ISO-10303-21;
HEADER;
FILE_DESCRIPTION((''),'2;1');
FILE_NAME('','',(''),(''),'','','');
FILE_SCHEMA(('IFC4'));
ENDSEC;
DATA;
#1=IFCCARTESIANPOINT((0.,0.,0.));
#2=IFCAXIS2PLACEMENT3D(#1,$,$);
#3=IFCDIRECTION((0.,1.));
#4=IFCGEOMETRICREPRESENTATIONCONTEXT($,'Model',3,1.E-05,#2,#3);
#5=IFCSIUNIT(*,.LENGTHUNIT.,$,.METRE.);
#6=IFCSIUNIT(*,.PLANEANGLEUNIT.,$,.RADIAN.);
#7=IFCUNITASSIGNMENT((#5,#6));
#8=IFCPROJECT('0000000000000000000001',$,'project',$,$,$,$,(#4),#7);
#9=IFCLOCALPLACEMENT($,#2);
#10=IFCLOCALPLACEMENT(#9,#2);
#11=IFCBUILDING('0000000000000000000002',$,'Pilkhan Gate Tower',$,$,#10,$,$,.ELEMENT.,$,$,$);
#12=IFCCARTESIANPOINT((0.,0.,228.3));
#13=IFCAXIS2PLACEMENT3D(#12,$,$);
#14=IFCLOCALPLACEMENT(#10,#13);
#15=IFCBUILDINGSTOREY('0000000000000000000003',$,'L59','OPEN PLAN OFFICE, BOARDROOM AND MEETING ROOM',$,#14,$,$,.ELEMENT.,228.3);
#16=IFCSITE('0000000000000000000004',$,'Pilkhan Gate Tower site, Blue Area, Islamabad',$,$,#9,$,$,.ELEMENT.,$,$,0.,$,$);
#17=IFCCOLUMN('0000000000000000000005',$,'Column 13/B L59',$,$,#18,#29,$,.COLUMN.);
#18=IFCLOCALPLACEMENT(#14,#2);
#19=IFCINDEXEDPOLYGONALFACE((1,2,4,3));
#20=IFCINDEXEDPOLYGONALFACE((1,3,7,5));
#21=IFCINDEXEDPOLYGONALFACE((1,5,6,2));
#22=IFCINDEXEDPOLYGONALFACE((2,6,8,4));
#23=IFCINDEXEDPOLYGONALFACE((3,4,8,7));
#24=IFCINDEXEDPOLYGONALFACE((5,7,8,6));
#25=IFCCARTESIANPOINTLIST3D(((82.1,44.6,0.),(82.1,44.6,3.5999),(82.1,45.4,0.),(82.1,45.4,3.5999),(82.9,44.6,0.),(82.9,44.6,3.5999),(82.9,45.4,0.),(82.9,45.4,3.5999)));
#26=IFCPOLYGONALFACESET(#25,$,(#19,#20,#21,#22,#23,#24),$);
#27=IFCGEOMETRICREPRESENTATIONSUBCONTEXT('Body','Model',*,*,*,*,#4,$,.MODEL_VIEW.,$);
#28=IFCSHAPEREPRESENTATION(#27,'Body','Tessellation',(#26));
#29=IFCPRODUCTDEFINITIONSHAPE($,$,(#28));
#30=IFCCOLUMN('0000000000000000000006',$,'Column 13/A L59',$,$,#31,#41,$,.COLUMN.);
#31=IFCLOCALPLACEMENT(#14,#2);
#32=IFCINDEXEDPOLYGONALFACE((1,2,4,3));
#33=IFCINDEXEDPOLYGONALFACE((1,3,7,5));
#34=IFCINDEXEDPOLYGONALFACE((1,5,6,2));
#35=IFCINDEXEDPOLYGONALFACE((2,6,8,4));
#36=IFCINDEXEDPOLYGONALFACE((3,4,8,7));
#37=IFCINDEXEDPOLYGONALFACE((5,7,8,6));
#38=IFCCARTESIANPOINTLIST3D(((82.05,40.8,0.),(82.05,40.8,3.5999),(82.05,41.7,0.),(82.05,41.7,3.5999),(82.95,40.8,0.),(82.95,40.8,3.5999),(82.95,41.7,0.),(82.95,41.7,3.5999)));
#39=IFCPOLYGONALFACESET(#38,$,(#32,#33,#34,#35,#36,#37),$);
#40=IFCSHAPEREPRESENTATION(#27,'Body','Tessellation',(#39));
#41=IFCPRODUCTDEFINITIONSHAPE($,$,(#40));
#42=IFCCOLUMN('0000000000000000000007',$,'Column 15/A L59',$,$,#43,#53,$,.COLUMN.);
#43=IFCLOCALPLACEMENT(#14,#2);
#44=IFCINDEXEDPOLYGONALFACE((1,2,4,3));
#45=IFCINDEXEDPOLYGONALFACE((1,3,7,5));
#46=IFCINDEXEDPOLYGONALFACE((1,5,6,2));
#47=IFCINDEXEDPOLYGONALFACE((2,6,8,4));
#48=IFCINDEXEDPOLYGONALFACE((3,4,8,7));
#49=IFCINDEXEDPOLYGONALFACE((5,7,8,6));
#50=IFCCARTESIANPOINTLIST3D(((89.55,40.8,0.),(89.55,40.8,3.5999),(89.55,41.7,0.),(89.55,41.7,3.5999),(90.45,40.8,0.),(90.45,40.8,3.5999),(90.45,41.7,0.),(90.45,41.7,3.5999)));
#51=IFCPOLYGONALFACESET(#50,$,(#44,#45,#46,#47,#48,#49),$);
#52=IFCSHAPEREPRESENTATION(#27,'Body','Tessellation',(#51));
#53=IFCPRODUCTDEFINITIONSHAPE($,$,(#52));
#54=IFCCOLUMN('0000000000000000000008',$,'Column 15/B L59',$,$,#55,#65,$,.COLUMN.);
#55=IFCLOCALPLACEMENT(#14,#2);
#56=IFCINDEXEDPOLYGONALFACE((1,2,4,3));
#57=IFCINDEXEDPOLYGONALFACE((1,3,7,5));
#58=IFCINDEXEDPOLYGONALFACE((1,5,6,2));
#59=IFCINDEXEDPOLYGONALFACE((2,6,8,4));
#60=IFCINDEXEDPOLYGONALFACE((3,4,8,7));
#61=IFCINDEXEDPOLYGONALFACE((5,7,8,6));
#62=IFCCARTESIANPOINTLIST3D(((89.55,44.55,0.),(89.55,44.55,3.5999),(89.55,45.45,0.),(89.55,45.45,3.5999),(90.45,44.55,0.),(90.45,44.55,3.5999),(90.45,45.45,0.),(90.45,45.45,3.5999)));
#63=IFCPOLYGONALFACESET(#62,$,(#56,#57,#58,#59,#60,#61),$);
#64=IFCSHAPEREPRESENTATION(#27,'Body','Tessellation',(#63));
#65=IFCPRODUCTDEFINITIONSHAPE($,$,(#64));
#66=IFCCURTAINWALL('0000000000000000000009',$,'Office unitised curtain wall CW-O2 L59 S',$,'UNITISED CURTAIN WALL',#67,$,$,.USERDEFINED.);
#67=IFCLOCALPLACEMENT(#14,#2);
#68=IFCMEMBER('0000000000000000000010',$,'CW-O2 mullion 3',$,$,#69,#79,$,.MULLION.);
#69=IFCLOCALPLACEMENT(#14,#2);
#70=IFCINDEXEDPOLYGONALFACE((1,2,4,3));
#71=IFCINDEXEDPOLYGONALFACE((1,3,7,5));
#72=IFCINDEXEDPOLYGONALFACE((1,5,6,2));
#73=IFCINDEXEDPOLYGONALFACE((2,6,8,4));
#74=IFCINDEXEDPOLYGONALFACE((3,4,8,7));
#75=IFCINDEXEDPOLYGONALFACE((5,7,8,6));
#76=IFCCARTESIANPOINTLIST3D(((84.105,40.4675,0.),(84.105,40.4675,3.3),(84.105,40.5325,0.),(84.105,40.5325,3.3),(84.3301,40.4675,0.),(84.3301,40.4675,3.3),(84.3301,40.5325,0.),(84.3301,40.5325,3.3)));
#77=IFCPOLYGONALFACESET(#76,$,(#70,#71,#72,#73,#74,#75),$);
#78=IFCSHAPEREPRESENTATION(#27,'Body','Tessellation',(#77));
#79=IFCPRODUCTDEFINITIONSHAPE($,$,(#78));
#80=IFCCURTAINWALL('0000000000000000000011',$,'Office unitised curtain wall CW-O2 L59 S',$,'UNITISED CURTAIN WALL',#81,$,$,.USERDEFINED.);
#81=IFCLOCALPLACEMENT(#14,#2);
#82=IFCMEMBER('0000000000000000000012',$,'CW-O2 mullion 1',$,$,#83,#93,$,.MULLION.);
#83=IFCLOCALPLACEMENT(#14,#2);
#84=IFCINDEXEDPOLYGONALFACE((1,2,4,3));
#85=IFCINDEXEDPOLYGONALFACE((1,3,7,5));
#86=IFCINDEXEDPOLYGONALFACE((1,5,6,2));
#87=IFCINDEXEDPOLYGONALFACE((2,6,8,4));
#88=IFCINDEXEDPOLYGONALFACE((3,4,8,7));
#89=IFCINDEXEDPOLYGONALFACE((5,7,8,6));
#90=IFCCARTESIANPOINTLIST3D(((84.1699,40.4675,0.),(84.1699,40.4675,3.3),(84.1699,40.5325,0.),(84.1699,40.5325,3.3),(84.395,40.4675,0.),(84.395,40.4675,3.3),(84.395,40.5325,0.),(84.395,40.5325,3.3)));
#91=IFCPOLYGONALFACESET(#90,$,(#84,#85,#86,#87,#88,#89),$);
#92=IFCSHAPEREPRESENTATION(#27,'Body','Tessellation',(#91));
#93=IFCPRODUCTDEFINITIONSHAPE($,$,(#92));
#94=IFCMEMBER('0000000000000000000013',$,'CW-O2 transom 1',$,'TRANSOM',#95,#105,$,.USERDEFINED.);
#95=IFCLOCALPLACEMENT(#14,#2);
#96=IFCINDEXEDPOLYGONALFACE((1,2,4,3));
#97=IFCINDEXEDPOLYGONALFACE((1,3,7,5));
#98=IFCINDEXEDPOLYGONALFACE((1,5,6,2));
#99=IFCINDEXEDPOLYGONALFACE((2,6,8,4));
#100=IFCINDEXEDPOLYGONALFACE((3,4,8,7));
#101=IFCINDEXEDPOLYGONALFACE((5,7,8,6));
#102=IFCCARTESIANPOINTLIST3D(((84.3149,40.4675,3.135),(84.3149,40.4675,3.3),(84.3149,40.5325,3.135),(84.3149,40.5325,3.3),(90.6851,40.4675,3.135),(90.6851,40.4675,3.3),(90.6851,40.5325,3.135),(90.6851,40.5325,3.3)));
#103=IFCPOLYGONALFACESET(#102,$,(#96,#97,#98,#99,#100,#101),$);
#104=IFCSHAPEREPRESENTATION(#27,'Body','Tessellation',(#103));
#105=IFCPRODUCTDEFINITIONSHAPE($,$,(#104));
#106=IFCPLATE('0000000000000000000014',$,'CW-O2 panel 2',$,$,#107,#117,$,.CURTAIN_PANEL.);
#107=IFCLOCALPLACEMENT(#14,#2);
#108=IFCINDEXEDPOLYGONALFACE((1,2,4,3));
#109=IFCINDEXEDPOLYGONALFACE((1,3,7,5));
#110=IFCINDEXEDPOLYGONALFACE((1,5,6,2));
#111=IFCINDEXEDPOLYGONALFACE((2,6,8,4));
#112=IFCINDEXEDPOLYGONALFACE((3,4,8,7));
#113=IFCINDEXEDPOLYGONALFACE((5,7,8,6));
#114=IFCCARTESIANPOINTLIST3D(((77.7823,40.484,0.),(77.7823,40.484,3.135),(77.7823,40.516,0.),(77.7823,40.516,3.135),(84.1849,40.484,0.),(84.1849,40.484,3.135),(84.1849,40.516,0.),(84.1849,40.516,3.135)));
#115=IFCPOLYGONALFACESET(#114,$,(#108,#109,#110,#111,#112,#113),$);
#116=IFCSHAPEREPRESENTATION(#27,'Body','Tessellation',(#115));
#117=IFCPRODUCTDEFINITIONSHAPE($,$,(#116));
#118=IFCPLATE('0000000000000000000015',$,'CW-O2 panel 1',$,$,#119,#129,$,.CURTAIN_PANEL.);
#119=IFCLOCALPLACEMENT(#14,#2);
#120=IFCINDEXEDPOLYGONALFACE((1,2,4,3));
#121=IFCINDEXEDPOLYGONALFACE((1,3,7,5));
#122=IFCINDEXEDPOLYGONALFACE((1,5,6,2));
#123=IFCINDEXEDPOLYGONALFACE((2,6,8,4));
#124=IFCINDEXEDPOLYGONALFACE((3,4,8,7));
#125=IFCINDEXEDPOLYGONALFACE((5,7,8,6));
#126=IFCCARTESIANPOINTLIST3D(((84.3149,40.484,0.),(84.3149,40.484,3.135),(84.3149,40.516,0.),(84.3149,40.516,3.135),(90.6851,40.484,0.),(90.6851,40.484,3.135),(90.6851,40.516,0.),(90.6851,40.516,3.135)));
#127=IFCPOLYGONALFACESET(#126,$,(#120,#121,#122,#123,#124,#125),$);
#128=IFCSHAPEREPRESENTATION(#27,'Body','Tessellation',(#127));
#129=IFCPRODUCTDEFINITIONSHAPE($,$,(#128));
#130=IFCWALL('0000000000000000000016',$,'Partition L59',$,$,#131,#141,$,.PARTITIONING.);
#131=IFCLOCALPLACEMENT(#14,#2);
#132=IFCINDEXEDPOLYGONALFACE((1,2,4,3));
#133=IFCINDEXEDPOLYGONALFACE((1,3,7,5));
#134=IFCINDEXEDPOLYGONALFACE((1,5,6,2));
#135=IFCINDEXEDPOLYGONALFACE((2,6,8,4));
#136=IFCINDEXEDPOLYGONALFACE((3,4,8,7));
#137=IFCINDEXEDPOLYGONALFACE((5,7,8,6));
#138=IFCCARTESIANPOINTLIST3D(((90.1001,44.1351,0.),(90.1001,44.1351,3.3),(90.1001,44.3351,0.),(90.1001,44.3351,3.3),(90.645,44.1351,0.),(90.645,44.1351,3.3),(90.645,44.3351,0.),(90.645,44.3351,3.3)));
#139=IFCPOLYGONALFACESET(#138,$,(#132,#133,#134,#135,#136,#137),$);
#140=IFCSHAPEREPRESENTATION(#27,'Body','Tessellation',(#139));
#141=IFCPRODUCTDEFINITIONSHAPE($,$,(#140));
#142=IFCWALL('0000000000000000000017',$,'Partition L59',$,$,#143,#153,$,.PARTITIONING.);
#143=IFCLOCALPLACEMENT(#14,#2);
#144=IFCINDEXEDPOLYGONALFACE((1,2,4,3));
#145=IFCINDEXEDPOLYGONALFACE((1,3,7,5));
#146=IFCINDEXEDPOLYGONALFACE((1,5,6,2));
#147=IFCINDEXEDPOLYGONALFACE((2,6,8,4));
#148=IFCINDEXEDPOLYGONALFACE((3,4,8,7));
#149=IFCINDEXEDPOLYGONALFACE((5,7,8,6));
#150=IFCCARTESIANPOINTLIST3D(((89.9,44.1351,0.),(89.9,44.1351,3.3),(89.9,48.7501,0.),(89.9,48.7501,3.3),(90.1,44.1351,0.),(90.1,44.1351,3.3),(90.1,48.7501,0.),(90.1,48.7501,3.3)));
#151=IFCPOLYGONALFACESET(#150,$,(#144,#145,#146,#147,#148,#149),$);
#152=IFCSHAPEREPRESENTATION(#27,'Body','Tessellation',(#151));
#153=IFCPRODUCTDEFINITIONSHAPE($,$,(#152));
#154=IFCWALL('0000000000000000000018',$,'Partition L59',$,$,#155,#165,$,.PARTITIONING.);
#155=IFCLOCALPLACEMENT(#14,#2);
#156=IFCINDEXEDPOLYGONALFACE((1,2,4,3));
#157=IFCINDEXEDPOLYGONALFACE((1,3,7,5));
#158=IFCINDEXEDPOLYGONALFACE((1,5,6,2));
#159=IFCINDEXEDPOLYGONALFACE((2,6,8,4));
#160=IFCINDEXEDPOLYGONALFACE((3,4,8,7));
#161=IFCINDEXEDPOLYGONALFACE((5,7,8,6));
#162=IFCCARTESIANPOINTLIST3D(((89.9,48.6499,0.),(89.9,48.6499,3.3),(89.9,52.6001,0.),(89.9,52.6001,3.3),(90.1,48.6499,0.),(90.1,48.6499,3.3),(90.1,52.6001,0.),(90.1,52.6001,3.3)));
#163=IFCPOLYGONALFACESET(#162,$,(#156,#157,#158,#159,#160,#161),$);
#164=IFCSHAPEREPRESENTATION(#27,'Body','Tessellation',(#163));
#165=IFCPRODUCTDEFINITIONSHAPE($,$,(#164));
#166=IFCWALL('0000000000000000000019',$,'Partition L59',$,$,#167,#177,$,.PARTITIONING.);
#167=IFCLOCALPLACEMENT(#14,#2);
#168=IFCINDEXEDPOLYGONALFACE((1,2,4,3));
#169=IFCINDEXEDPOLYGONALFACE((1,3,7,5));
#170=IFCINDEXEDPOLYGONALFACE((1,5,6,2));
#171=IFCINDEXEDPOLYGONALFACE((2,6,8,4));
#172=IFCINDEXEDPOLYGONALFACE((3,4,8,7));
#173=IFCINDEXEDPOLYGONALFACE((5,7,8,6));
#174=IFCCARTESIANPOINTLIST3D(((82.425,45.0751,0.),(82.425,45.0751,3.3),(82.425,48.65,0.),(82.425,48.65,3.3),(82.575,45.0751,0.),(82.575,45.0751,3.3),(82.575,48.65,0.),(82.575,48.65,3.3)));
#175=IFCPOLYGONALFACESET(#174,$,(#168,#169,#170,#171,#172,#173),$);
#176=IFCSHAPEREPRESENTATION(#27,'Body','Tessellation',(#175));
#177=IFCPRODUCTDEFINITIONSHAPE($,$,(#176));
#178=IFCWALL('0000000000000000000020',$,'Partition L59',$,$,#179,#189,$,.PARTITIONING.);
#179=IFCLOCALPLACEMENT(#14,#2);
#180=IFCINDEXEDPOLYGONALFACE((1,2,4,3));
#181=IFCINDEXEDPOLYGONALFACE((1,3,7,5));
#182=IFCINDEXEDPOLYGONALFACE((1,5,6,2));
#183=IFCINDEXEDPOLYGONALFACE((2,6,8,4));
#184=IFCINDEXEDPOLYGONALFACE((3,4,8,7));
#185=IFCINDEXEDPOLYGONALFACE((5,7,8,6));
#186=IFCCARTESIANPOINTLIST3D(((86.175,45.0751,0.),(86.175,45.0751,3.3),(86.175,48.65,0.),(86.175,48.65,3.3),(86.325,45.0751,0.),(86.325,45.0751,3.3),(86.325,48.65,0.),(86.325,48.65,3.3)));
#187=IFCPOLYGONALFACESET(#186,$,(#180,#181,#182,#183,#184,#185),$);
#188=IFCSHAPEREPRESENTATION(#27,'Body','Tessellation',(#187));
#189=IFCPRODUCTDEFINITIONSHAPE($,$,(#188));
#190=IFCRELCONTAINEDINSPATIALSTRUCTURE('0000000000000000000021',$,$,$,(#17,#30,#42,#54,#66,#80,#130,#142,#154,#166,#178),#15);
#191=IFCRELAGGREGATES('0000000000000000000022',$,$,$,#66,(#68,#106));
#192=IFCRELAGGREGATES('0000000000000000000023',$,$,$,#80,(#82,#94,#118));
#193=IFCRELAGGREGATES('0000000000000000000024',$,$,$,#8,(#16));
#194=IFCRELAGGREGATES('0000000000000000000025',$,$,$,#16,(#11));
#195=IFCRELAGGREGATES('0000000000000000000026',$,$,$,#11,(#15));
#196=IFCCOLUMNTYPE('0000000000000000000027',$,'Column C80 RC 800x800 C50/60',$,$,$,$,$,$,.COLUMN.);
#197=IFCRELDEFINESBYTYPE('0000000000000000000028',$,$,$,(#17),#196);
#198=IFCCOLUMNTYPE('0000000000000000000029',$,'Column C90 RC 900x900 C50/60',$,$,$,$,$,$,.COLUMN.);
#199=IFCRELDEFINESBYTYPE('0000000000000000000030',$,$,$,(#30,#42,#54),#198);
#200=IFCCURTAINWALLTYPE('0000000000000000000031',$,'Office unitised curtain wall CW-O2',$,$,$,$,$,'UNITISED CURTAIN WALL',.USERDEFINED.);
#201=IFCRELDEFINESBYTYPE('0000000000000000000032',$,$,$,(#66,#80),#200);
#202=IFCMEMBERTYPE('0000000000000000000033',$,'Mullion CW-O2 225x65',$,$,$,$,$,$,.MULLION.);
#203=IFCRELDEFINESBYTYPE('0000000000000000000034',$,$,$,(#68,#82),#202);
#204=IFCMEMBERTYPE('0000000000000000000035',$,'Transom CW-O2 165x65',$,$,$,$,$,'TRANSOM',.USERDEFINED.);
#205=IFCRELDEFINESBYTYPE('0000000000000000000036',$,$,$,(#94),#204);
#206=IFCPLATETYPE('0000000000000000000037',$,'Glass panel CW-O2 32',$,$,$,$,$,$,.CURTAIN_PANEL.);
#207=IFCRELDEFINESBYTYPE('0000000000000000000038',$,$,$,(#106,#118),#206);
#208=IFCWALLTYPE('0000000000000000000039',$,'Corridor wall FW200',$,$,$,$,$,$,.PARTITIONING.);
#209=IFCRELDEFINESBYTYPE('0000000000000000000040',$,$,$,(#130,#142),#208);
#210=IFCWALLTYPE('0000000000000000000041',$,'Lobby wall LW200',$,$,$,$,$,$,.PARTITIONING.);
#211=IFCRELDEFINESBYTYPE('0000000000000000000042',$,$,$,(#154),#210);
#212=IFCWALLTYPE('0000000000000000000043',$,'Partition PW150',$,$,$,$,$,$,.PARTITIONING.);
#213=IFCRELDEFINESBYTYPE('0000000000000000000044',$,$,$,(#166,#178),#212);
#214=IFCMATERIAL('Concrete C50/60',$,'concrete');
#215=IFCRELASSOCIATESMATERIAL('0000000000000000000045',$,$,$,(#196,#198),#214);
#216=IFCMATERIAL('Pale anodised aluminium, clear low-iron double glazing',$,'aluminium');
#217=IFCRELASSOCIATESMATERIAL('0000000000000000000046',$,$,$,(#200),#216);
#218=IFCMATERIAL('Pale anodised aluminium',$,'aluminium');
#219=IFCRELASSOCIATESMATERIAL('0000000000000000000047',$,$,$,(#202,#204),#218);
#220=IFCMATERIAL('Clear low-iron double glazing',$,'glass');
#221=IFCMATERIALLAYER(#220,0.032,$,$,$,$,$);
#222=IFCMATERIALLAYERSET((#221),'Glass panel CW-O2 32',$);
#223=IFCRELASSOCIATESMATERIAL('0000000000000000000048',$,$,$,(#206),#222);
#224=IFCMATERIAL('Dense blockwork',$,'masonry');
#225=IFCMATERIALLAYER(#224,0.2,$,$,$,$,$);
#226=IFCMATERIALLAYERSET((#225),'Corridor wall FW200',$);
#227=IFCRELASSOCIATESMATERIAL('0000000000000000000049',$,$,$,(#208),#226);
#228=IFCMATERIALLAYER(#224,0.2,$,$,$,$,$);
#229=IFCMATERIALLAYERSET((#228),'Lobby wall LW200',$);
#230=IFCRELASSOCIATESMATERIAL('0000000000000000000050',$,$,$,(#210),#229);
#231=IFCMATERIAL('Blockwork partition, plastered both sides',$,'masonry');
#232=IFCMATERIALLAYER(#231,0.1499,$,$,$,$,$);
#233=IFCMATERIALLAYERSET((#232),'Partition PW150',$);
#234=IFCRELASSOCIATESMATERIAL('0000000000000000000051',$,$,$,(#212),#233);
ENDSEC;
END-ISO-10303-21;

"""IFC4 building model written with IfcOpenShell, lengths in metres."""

from ifc_helpers import new_model, si_unit, direction, frame, frame_2d, origin, origin_2d, place, context, subcontext, project, spatial, rectangle, extrude, material, layer, layer_set, material_profile, profile_set, type_object, element, aggregate, save


model = new_model("IFC4")

# Units and contexts
model_context = context("Model", 3, precision=1e-05, world=origin(), true_north=direction((0.0, 1.0)))
body_context = subcontext(model_context, "Body", "Model", "MODEL_VIEW")
ifc_project = project(units=[si_unit("LENGTHUNIT", "METRE"), si_unit("PLANEANGLEUNIT", "RADIAN")], contexts=[model_context])

# Site, building, storey
site_placement = place(None, origin())
site = spatial("IfcSite", under=ifc_project, at=site_placement, Name="Pilkhan Gate Tower site, Blue Area, Islamabad", CompositionType="ELEMENT", RefElevation=0.0)
building_placement = place(site_placement, origin())
building = spatial("IfcBuilding", under=site, at=building_placement, Name="Pilkhan Gate Tower", CompositionType="ELEMENT")
storey_placement = place(building_placement, frame((0.0, 0.0, 228.3)))
storey = spatial("IfcBuildingStorey", under=building, at=storey_placement, Name="L59", Description="OPEN PLAN OFFICE, BOARDROOM AND MEETING ROOM", CompositionType="ELEMENT", Elevation=228.3)

# Columns
ifc_material_1 = material(Name="Concrete C50/60", Category="concrete")
ifc_material_profile_1 = material_profile(ifc_material_1, rectangle(XDim=0.8, YDim=0.8, at=origin_2d()), Name="RC 800x800")
ifc_profile_set_1 = profile_set([ifc_material_profile_1], Name="Concrete C50/60")
column_type_1 = type_object("IfcColumnType", Name="Column C80 RC 800x800 C50/60", PredefinedType="COLUMN", material=ifc_profile_set_1)
column_placement = place(storey_placement, frame((82.5, 45.0, 0.0), z_axis=(0.0, 0.0, 1.0), x_axis=(1.0, 0.0, 0.0)))
element("IfcColumn", 1, at=column_placement, inside=storey, type_object=column_type_1, Name="Column 13/B L59", PredefinedType="COLUMN", context=body_context, shape_type="SweptSolid", body=[
    extrude(rectangle(XDim=0.8, YDim=0.8, at=origin_2d()), origin(), (0.0, 0.0, 1.0), 3.5999),
])
ifc_material_profile_2 = material_profile(ifc_material_1, rectangle(XDim=0.8999, YDim=0.8999, at=origin_2d()), Name="RC 900x900")
ifc_profile_set_2 = profile_set([ifc_material_profile_2], Name="Concrete C50/60")
column_type_2 = type_object("IfcColumnType", Name="Column C90 RC 900x900 C50/60", PredefinedType="COLUMN", material=ifc_profile_set_2)
for number, where, z_axis, x_axis, name in (
    (2, (82.5, 41.25, 0.0), (0.0, 0.0, 1.0), (1.0, 0.0, 0.0), "Column 13/A L59"),
    (3, (90.0, 41.25, 0.0), (0.0, 0.0, 1.0), (1.0, 0.0, 0.0), "Column 15/A L59"),
    (4, (90.0, 45.0, 0.0), (0.0, 0.0, 1.0), (1.0, 0.0, 0.0), "Column 15/B L59"),
):
    element("IfcColumn", number, at=place(storey_placement, frame(where, z_axis=z_axis, x_axis=x_axis)), inside=storey, type_object=column_type_2, Name=name, PredefinedType="COLUMN", context=body_context, shape_type="SweptSolid", body=[
        extrude(rectangle(XDim=0.8999, YDim=0.8999, at=origin_2d()), origin(), (0.0, 0.0, 1.0), 3.5999),
    ])

# Curtain wall, member
ifc_material_2 = material(Name="Pale anodised aluminium, clear low-iron double glazing", Category="aluminium")
curtain_wall_type = type_object("IfcCurtainWallType", Name="Office unitised curtain wall CW-O2", ElementType="UNITISED CURTAIN WALL", PredefinedType="USERDEFINED", material=ifc_material_2)
curtain_wall_1_placement = place(storey_placement, origin())
curtain_wall_1 = element("IfcCurtainWall", 5, at=curtain_wall_1_placement, inside=storey, type_object=curtain_wall_type, Name="Office unitised curtain wall CW-O2 L59 S", ObjectType="UNITISED CURTAIN WALL", PredefinedType="USERDEFINED")
ifc_material_3 = material(Name="Pale anodised aluminium", Category="aluminium")
ifc_material_profile_3 = material_profile(ifc_material_3, rectangle(XDim=0.0649, YDim=0.2251, at=origin_2d()), Name="Mullion 225x65")
ifc_profile_set_3 = profile_set([ifc_material_profile_3], Name="Pale anodised aluminium")
member_type_1 = type_object("IfcMemberType", Name="Mullion CW-O2 225x65", PredefinedType="MULLION", material=ifc_profile_set_3)
member_1_placement = place(storey_placement, frame((84.2175, 40.5, 0.0), z_axis=(0.0, 0.0, 1.0), x_axis=(0.0, 1.0, 0.0)))
member_1 = element("IfcMember", 6, at=member_1_placement, type_object=member_type_1, Name="CW-O2 mullion 3", PredefinedType="MULLION", context=body_context, shape_type="SweptSolid", body=[
    extrude(rectangle(XDim=0.0649, YDim=0.2251, at=origin_2d()), origin(), (0.0, 0.0, 1.0), 3.3),
])

# Curtain wall, members
curtain_wall_2_placement = place(storey_placement, origin())
curtain_wall_2 = element("IfcCurtainWall", 7, at=curtain_wall_2_placement, inside=storey, type_object=curtain_wall_type, Name="Office unitised curtain wall CW-O2 L59 S", ObjectType="UNITISED CURTAIN WALL", PredefinedType="USERDEFINED")
member_2_placement = place(storey_placement, frame((84.2825, 40.5, 0.0), z_axis=(0.0, 0.0, 1.0), x_axis=(0.0, 1.0, 0.0)))
member_2 = element("IfcMember", 8, at=member_2_placement, type_object=member_type_1, Name="CW-O2 mullion 1", PredefinedType="MULLION", context=body_context, shape_type="SweptSolid", body=[
    extrude(rectangle(XDim=0.0649, YDim=0.2251, at=origin_2d()), origin(), (0.0, 0.0, 1.0), 3.3),
])
ifc_material_profile_4 = material_profile(ifc_material_3, rectangle(XDim=0.0649, YDim=0.165, at=origin_2d()), Name="Transom 165x65")
ifc_profile_set_4 = profile_set([ifc_material_profile_4], Name="Pale anodised aluminium")
member_type_2 = type_object("IfcMemberType", Name="Transom CW-O2 165x65", ElementType="TRANSOM", PredefinedType="USERDEFINED", material=ifc_profile_set_4)
member_3_placement = place(storey_placement, frame((84.3149, 40.5, 3.2175), z_axis=(1.0, 0.0, 0.0), x_axis=(0.0, 1.0, 0.0)))
member_3 = element("IfcMember", 9, at=member_3_placement, type_object=member_type_2, Name="CW-O2 transom 1", ObjectType="TRANSOM", PredefinedType="USERDEFINED", context=body_context, shape_type="SweptSolid", body=[
    extrude(rectangle(XDim=0.0649, YDim=0.165, at=origin_2d()), origin(), (0.0, 0.0, 1.0), 6.3701),
])

# Plates
ifc_material_4 = material(Name="Clear low-iron double glazing", Category="glass")
ifc_layer_1 = layer(ifc_material_4, 0.032)
ifc_layer_set_1 = layer_set([ifc_layer_1], Name="Glass panel CW-O2 32")
plate_type = type_object("IfcPlateType", Name="Glass panel CW-O2 32", PredefinedType="CURTAIN_PANEL", material=ifc_layer_set_1)
plate_1_placement = place(storey_placement, frame((80.9836, 40.5, 0.0), z_axis=(0.0, 0.0, 1.0), x_axis=(1.0, 0.0, 0.0)))
plate_1 = element("IfcPlate", 10, at=plate_1_placement, type_object=plate_type, Name="CW-O2 panel 2", PredefinedType="CURTAIN_PANEL", context=body_context, shape_type="SweptSolid", body=[
    extrude(rectangle(XDim=6.4026, YDim=0.032, at=origin_2d()), origin(), (0.0, 0.0, 1.0), 3.135),
])
aggregate(curtain_wall_1, [member_1, plate_1])
plate_2_placement = place(storey_placement, frame((87.5, 40.5, 0.0), z_axis=(0.0, 0.0, 1.0), x_axis=(1.0, 0.0, 0.0)))
plate_2 = element("IfcPlate", 11, at=plate_2_placement, type_object=plate_type, Name="CW-O2 panel 1", PredefinedType="CURTAIN_PANEL", context=body_context, shape_type="SweptSolid", body=[
    extrude(rectangle(XDim=6.3701, YDim=0.032, at=origin_2d()), origin(), (0.0, 0.0, 1.0), 3.135),
])
aggregate(curtain_wall_2, [member_2, member_3, plate_2])

# Walls
ifc_material_5 = material(Name="Dense blockwork", Category="masonry")
ifc_layer_2 = layer(ifc_material_5, 0.2)
ifc_layer_set_2 = layer_set([ifc_layer_2], Name="Corridor wall FW200")
wall_type_1 = type_object("IfcWallType", Name="Corridor wall FW200", PredefinedType="PARTITIONING", material=ifc_layer_set_2)
wall_1_placement = place(storey_placement, frame((90.1001, 44.2351, 0.0), z_axis=(0.0, 0.0, 1.0), x_axis=(1.0, 0.0, 0.0)))
element("IfcWall", 12, at=wall_1_placement, inside=storey, type_object=wall_type_1, Name="Partition L59", PredefinedType="PARTITIONING", context=body_context, shape_type="SweptSolid", body=[
    extrude(rectangle(XDim=0.5449, YDim=0.2, at=frame_2d((0.2725, 0.0))), origin(), (0.0, 0.0, 1.0), 3.3),
])
wall_2_placement = place(storey_placement, frame((90.0, 44.135, 0.0), z_axis=(0.0, 0.0, 1.0), x_axis=(0.0, 1.0, 0.0)))
element("IfcWall", 13, at=wall_2_placement, inside=storey, type_object=wall_type_1, Name="Partition L59", PredefinedType="PARTITIONING", context=body_context, shape_type="SweptSolid", body=[
    extrude(rectangle(XDim=4.615, YDim=0.2, at=frame_2d((2.3076, 0.0))), origin(), (0.0, 0.0, 1.0), 3.3),
])
ifc_layer_3 = layer(ifc_material_5, 0.2)
ifc_layer_set_3 = layer_set([ifc_layer_3], Name="Lobby wall LW200")
wall_type_2 = type_object("IfcWallType", Name="Lobby wall LW200", PredefinedType="PARTITIONING", material=ifc_layer_set_3)
wall_3_placement = place(storey_placement, frame((90.0, 48.6499, 0.0), z_axis=(0.0, 0.0, 1.0), x_axis=(0.0, 1.0, 0.0)))
element("IfcWall", 14, at=wall_3_placement, inside=storey, type_object=wall_type_2, Name="Partition L59", PredefinedType="PARTITIONING", context=body_context, shape_type="SweptSolid", body=[
    extrude(rectangle(XDim=3.9502, YDim=0.2, at=frame_2d((1.9751, 0.0))), origin(), (0.0, 0.0, 1.0), 3.3),
])
ifc_material_6 = material(Name="Blockwork partition, plastered both sides", Category="masonry")
ifc_layer_4 = layer(ifc_material_6, 0.1499)
ifc_layer_set_4 = layer_set([ifc_layer_4], Name="Partition PW150")
wall_type_3 = type_object("IfcWallType", Name="Partition PW150", PredefinedType="PARTITIONING", material=ifc_layer_set_4)
for number, where, z_axis, x_axis, name in (
    (15, (82.5, 45.075, 0.0), (0.0, 0.0, 1.0), (0.0, 1.0, 0.0), "Partition L59"),
    (16, (86.25, 45.075, 0.0), (0.0, 0.0, 1.0), (0.0, 1.0, 0.0), "Partition L59"),
):
    element("IfcWall", number, at=place(storey_placement, frame(where, z_axis=z_axis, x_axis=x_axis)), inside=storey, type_object=wall_type_3, Name=name, PredefinedType="PARTITIONING", context=body_context, shape_type="SweptSolid", body=[
        extrude(rectangle(XDim=3.575, YDim=0.1499, at=frame_2d((1.7876, 0.0))), origin(), (0.0, 0.0, 1.0), 3.3),
    ])

save(model, "model.ifc")
